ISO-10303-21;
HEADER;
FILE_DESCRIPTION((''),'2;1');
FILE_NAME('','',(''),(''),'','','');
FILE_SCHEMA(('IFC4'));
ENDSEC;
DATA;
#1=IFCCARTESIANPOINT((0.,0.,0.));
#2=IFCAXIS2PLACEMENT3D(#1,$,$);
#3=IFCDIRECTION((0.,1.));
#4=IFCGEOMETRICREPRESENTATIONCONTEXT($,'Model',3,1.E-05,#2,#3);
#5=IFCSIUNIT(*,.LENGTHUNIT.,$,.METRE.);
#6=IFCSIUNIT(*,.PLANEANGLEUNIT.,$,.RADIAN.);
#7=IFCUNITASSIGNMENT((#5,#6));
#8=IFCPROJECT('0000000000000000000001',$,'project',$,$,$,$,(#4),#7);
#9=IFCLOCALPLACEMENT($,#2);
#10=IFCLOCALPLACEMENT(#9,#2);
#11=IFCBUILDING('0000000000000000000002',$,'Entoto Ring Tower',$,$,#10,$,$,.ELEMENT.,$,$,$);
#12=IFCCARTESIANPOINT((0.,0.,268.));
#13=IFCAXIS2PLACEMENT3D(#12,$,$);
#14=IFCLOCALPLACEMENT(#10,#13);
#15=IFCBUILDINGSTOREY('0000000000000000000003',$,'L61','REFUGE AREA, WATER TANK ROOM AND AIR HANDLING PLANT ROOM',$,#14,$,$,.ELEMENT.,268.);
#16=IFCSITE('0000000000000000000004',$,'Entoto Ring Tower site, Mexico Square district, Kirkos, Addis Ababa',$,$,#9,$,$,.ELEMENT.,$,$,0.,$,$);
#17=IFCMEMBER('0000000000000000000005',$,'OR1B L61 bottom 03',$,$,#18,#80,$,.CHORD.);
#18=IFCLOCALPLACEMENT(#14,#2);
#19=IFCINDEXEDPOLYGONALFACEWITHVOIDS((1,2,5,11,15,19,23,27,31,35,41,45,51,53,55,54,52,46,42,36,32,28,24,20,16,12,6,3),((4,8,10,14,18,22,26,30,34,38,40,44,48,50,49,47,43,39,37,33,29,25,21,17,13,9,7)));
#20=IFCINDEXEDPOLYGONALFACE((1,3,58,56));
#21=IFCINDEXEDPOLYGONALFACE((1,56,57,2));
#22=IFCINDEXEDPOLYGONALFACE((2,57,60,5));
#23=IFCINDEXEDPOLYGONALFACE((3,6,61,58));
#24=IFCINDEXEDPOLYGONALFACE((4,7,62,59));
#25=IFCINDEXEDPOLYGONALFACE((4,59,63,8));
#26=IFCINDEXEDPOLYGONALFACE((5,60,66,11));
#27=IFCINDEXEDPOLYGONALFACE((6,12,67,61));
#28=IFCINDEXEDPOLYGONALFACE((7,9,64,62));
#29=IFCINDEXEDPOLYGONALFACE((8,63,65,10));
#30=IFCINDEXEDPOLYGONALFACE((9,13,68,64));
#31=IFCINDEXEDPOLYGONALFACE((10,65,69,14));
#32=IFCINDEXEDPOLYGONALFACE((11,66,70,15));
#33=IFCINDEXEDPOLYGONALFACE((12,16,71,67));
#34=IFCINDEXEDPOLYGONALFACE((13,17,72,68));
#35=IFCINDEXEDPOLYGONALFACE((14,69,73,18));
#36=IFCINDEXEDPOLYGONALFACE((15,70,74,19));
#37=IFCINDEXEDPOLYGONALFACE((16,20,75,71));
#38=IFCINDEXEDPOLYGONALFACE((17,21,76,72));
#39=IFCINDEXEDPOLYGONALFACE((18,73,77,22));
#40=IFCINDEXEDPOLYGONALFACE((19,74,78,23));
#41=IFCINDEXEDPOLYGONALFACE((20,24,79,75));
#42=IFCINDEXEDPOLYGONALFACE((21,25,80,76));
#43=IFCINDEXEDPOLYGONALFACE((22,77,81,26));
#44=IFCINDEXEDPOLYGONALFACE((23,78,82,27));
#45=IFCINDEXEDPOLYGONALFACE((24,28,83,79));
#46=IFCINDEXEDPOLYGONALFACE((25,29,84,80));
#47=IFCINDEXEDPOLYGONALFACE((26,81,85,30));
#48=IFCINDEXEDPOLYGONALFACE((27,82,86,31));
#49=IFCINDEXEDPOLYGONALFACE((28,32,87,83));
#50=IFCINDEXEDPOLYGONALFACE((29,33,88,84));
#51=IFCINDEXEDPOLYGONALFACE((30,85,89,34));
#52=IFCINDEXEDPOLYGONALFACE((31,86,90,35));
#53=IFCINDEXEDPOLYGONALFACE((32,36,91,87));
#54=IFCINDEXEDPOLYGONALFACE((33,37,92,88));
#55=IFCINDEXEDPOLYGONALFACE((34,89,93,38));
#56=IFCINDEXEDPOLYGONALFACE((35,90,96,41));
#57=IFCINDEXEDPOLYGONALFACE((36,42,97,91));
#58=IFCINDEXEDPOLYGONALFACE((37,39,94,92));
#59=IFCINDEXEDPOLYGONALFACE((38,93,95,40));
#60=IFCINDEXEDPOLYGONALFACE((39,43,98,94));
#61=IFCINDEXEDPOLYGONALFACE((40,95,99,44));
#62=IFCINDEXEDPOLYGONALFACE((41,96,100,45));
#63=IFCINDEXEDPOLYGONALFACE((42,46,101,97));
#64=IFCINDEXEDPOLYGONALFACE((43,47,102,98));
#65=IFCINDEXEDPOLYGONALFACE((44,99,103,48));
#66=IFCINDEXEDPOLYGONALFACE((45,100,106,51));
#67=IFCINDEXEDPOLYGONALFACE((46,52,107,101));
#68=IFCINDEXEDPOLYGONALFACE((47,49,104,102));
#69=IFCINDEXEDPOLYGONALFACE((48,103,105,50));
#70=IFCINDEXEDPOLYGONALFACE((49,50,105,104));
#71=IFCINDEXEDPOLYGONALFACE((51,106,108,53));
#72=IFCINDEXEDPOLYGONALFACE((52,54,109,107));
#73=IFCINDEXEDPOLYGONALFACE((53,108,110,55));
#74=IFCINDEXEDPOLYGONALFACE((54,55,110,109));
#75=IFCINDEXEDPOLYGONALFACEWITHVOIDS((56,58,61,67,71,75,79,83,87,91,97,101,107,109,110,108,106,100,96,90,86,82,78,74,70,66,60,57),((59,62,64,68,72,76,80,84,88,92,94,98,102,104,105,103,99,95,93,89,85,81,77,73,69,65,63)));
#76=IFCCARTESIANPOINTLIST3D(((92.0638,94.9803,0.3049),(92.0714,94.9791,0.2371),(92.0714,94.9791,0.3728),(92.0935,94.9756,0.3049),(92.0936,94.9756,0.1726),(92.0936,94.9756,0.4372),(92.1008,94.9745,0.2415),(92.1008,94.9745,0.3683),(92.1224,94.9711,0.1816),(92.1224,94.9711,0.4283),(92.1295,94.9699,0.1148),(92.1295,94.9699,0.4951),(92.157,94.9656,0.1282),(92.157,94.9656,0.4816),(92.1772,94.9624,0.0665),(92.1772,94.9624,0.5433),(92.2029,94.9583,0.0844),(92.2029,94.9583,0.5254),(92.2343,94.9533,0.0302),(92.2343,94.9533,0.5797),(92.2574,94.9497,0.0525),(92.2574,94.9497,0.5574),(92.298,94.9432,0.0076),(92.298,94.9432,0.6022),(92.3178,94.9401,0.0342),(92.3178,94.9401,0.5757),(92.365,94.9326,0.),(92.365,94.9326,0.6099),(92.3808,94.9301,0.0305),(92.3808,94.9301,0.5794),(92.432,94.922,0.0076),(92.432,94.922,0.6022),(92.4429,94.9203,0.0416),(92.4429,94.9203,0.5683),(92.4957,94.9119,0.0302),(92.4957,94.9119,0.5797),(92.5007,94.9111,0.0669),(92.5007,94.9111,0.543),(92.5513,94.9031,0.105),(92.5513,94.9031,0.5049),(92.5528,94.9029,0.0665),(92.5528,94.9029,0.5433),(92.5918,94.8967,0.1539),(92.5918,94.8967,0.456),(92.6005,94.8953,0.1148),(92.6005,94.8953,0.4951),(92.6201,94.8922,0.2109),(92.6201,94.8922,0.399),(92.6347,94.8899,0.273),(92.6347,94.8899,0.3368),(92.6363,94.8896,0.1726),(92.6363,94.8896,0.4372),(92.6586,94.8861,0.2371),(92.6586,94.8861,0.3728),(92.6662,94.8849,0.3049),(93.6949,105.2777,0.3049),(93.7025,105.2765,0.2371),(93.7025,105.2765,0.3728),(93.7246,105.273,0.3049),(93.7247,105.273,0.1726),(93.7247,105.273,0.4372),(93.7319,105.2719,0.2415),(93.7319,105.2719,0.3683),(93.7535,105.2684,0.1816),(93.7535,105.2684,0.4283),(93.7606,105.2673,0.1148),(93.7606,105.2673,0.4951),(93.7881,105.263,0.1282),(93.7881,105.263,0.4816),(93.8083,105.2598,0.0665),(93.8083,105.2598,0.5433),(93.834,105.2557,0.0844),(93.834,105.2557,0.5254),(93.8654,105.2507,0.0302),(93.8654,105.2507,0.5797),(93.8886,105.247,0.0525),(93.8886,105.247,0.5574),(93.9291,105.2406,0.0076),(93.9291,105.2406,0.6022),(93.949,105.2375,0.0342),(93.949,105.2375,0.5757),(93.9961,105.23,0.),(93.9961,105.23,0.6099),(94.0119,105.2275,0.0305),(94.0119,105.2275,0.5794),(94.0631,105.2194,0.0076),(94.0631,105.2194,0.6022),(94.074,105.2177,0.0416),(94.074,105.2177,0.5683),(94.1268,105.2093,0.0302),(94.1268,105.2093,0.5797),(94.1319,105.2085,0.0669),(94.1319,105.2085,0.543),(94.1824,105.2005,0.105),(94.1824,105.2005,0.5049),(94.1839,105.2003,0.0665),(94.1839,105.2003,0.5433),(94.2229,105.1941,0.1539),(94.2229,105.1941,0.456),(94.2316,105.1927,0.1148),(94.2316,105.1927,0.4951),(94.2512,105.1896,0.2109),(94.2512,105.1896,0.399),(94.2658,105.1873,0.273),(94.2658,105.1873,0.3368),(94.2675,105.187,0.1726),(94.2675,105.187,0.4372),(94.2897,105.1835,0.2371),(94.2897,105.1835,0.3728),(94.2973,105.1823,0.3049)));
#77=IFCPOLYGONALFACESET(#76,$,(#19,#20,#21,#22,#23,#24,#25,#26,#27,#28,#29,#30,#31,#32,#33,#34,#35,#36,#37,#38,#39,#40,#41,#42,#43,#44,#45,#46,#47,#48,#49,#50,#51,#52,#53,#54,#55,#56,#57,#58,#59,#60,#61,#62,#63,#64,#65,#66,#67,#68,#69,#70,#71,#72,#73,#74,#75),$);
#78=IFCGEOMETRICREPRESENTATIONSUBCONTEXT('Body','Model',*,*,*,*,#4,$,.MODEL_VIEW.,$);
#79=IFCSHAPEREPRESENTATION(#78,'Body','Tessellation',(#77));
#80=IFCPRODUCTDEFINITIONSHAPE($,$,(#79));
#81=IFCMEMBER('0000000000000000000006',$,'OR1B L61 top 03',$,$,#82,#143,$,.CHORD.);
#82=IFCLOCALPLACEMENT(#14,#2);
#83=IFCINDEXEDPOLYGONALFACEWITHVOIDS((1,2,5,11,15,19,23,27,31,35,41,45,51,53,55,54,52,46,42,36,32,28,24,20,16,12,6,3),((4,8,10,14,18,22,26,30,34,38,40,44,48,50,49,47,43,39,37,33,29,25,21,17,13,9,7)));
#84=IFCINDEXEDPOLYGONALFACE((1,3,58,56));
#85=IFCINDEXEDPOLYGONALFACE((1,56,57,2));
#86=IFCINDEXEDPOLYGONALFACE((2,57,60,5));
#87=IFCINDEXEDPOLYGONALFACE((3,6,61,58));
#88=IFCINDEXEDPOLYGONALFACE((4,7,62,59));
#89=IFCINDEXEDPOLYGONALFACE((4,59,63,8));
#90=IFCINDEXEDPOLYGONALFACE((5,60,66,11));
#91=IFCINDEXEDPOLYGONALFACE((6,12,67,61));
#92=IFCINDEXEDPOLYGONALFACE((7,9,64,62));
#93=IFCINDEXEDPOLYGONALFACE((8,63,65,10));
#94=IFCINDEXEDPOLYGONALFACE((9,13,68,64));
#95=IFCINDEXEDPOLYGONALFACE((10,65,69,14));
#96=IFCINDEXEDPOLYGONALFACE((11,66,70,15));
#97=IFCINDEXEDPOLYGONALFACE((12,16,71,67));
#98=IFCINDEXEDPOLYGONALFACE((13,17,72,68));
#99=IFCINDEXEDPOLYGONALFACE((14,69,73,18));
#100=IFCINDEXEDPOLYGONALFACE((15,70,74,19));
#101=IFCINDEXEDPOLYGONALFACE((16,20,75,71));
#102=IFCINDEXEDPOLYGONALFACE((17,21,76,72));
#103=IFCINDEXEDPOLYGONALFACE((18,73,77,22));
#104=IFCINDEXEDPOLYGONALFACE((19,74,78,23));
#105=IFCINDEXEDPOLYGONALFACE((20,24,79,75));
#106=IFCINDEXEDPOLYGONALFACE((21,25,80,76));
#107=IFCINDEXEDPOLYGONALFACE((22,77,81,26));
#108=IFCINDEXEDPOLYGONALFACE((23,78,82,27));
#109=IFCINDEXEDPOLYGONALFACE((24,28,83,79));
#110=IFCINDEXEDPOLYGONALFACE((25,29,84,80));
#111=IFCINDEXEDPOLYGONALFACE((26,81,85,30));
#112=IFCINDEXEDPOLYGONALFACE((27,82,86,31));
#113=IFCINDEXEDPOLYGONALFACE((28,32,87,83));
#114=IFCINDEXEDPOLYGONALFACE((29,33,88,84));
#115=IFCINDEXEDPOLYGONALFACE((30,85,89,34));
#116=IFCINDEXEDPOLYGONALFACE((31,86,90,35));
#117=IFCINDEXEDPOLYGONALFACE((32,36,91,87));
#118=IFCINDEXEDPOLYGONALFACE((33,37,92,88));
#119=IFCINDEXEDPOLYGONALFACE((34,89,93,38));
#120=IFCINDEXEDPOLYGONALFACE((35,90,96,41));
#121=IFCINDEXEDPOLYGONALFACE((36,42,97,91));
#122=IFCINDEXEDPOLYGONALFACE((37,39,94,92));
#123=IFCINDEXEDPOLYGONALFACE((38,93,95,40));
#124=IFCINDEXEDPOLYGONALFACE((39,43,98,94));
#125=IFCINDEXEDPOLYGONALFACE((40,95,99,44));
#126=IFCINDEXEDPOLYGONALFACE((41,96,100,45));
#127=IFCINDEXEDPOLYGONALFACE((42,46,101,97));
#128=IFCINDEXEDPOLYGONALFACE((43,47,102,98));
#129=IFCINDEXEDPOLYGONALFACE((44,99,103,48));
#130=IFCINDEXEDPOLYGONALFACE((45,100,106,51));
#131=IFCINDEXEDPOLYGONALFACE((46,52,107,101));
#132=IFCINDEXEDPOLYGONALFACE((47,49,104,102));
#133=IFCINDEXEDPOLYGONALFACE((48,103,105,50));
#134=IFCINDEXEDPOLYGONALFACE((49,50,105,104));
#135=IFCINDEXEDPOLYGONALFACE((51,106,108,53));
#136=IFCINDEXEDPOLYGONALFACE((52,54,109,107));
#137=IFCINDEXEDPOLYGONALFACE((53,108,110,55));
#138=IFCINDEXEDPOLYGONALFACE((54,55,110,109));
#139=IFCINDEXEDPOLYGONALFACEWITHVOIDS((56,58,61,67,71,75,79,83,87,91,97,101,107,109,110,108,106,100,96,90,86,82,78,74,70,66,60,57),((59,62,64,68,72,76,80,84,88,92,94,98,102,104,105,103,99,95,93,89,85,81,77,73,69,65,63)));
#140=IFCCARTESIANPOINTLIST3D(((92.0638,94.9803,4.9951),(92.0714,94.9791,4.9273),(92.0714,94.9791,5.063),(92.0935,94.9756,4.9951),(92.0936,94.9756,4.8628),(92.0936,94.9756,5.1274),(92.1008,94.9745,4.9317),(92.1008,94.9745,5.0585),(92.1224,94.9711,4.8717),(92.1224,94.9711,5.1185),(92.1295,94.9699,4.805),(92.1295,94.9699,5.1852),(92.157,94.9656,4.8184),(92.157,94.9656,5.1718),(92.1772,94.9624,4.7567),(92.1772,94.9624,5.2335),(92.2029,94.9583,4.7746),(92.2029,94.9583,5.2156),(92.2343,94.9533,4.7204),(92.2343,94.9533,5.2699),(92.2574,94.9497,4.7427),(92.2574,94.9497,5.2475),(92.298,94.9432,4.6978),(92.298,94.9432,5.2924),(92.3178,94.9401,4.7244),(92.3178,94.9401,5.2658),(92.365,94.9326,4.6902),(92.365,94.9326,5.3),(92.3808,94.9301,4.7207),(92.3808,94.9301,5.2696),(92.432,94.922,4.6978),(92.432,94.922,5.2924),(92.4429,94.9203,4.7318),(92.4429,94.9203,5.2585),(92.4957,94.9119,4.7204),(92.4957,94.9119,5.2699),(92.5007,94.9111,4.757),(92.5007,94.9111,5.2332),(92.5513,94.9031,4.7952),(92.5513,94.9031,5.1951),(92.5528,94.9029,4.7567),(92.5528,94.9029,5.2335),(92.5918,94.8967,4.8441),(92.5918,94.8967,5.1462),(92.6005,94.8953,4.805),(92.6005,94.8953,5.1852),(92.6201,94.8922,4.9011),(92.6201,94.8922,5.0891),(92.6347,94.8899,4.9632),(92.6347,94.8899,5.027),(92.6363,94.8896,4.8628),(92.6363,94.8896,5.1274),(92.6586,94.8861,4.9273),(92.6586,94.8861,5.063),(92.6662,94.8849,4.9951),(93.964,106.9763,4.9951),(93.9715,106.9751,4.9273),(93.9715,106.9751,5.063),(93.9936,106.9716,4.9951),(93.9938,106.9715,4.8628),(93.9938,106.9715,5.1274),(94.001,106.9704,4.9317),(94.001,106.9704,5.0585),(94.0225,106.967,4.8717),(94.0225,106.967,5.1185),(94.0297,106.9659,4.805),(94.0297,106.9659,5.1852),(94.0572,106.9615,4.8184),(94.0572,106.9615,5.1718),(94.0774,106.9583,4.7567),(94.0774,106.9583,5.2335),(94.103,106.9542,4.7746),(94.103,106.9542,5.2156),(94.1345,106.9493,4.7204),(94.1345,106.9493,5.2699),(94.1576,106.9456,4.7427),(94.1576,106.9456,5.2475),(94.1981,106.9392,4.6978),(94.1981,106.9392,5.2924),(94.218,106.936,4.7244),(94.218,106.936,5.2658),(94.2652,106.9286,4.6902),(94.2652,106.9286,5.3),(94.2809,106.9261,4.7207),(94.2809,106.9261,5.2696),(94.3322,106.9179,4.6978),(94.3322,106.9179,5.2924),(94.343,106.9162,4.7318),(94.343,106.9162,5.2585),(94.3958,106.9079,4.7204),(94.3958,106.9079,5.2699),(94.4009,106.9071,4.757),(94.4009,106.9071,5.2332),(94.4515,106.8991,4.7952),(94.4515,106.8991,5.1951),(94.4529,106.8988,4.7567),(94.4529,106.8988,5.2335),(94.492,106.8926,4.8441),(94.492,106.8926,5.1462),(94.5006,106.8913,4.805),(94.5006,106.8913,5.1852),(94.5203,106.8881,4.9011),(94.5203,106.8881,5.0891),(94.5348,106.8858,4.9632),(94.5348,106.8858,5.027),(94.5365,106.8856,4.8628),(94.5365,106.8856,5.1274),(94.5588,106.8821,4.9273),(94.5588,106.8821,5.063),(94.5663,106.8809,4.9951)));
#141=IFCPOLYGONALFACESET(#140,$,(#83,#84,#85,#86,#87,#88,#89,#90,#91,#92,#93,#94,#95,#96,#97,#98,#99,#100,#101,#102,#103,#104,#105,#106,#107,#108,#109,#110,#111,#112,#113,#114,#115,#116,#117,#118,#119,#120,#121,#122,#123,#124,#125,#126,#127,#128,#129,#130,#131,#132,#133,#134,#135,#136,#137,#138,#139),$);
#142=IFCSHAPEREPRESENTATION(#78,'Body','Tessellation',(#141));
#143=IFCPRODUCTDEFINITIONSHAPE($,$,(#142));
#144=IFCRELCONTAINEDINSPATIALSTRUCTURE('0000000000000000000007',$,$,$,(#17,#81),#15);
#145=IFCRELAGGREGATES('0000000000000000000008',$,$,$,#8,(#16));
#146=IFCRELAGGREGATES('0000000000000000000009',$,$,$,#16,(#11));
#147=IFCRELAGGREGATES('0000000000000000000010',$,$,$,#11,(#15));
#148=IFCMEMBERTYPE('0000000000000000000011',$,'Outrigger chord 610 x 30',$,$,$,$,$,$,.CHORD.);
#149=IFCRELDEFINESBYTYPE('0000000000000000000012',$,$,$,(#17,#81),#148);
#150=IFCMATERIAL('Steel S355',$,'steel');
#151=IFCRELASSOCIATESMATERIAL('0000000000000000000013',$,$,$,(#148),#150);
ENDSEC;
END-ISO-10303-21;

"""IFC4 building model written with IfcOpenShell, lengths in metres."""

from ifc_helpers import new_model, si_unit, direction, frame, origin, origin_2d, place, context, subcontext, project, spatial, circle, hollow_circle, extrude, material, material_profile, profile_set, type_object, element, save


model = new_model("IFC4")

# Units and contexts
model_context = context("Model", 3, precision=1e-05, world=origin(), true_north=direction((0.0, 1.0)))
body_context = subcontext(model_context, "Body", "Model", "MODEL_VIEW")
ifc_project = project(units=[si_unit("LENGTHUNIT", "METRE"), si_unit("PLANEANGLEUNIT", "RADIAN")], contexts=[model_context])

# Site, building, storey
site_placement = place(None, origin())
site = spatial("IfcSite", under=ifc_project, at=site_placement, Name="Entoto Ring Tower site, Mexico Square district, Kirkos, Addis Ababa", CompositionType="ELEMENT", RefElevation=0.0)
building_placement = place(site_placement, origin())
building = spatial("IfcBuilding", under=site, at=building_placement, Name="Entoto Ring Tower", CompositionType="ELEMENT")
storey_placement = place(building_placement, frame((0.0, 0.0, 268.0)))
storey = spatial("IfcBuildingStorey", under=building, at=storey_placement, Name="L61", Description="REFUGE AREA, WATER TANK ROOM AND AIR HANDLING PLANT ROOM", CompositionType="ELEMENT", Elevation=268.0)

# Members
ifc_material_1 = material(Name="Steel S355", Category="steel")
ifc_material_profile_1 = material_profile(ifc_material_1, hollow_circle(Radius=0.3049, WallThickness=0.03, at=origin_2d()), Name="CHS 610 x 30")
ifc_material_2 = material(Name="Concrete C60/75", Category="concrete")
ifc_material_profile_2 = material_profile(ifc_material_2, circle(Radius=0.2749, at=origin_2d()), Name="Concrete C60/75 infill")
ifc_profile_set_1 = profile_set([ifc_material_profile_1, ifc_material_profile_2], Name="Steel S355")
member_type_1 = type_object("IfcMemberType", Name="Outrigger chord 610 x 30", PredefinedType="CHORD", material=ifc_profile_set_1)
member_1_placement = place(storey_placement, frame((92.365, 94.9326, 0.3049), z_axis=(0.15645, 0.987686, 0.0), x_axis=(-0.987686, 0.15645, 0.0)))
element("IfcMember", 1, at=member_1_placement, inside=storey, type_object=member_type_1, Name="OR1B L61 bottom 03", PredefinedType="CHORD", context=body_context, shape_type="SweptSolid", body=[
    extrude(hollow_circle(Radius=0.3049, WallThickness=0.03, at=origin_2d()), origin(), (0.0, 0.0, 1.0), 10.4258),
])
member_2_placement = place(storey_placement, frame((92.365, 94.9326, 4.9951), z_axis=(0.15645, 0.987686, 0.0), x_axis=(-0.987686, 0.15645, 0.0)))
element("IfcMember", 2, at=member_2_placement, inside=storey, type_object=member_type_1, Name="OR1B L61 top 03", PredefinedType="CHORD", context=body_context, shape_type="SweptSolid", body=[
    extrude(hollow_circle(Radius=0.3049, WallThickness=0.03, at=origin_2d()), origin(), (0.0, 0.0, 1.0), 12.1455),
])

save(model, "model.ifc")
